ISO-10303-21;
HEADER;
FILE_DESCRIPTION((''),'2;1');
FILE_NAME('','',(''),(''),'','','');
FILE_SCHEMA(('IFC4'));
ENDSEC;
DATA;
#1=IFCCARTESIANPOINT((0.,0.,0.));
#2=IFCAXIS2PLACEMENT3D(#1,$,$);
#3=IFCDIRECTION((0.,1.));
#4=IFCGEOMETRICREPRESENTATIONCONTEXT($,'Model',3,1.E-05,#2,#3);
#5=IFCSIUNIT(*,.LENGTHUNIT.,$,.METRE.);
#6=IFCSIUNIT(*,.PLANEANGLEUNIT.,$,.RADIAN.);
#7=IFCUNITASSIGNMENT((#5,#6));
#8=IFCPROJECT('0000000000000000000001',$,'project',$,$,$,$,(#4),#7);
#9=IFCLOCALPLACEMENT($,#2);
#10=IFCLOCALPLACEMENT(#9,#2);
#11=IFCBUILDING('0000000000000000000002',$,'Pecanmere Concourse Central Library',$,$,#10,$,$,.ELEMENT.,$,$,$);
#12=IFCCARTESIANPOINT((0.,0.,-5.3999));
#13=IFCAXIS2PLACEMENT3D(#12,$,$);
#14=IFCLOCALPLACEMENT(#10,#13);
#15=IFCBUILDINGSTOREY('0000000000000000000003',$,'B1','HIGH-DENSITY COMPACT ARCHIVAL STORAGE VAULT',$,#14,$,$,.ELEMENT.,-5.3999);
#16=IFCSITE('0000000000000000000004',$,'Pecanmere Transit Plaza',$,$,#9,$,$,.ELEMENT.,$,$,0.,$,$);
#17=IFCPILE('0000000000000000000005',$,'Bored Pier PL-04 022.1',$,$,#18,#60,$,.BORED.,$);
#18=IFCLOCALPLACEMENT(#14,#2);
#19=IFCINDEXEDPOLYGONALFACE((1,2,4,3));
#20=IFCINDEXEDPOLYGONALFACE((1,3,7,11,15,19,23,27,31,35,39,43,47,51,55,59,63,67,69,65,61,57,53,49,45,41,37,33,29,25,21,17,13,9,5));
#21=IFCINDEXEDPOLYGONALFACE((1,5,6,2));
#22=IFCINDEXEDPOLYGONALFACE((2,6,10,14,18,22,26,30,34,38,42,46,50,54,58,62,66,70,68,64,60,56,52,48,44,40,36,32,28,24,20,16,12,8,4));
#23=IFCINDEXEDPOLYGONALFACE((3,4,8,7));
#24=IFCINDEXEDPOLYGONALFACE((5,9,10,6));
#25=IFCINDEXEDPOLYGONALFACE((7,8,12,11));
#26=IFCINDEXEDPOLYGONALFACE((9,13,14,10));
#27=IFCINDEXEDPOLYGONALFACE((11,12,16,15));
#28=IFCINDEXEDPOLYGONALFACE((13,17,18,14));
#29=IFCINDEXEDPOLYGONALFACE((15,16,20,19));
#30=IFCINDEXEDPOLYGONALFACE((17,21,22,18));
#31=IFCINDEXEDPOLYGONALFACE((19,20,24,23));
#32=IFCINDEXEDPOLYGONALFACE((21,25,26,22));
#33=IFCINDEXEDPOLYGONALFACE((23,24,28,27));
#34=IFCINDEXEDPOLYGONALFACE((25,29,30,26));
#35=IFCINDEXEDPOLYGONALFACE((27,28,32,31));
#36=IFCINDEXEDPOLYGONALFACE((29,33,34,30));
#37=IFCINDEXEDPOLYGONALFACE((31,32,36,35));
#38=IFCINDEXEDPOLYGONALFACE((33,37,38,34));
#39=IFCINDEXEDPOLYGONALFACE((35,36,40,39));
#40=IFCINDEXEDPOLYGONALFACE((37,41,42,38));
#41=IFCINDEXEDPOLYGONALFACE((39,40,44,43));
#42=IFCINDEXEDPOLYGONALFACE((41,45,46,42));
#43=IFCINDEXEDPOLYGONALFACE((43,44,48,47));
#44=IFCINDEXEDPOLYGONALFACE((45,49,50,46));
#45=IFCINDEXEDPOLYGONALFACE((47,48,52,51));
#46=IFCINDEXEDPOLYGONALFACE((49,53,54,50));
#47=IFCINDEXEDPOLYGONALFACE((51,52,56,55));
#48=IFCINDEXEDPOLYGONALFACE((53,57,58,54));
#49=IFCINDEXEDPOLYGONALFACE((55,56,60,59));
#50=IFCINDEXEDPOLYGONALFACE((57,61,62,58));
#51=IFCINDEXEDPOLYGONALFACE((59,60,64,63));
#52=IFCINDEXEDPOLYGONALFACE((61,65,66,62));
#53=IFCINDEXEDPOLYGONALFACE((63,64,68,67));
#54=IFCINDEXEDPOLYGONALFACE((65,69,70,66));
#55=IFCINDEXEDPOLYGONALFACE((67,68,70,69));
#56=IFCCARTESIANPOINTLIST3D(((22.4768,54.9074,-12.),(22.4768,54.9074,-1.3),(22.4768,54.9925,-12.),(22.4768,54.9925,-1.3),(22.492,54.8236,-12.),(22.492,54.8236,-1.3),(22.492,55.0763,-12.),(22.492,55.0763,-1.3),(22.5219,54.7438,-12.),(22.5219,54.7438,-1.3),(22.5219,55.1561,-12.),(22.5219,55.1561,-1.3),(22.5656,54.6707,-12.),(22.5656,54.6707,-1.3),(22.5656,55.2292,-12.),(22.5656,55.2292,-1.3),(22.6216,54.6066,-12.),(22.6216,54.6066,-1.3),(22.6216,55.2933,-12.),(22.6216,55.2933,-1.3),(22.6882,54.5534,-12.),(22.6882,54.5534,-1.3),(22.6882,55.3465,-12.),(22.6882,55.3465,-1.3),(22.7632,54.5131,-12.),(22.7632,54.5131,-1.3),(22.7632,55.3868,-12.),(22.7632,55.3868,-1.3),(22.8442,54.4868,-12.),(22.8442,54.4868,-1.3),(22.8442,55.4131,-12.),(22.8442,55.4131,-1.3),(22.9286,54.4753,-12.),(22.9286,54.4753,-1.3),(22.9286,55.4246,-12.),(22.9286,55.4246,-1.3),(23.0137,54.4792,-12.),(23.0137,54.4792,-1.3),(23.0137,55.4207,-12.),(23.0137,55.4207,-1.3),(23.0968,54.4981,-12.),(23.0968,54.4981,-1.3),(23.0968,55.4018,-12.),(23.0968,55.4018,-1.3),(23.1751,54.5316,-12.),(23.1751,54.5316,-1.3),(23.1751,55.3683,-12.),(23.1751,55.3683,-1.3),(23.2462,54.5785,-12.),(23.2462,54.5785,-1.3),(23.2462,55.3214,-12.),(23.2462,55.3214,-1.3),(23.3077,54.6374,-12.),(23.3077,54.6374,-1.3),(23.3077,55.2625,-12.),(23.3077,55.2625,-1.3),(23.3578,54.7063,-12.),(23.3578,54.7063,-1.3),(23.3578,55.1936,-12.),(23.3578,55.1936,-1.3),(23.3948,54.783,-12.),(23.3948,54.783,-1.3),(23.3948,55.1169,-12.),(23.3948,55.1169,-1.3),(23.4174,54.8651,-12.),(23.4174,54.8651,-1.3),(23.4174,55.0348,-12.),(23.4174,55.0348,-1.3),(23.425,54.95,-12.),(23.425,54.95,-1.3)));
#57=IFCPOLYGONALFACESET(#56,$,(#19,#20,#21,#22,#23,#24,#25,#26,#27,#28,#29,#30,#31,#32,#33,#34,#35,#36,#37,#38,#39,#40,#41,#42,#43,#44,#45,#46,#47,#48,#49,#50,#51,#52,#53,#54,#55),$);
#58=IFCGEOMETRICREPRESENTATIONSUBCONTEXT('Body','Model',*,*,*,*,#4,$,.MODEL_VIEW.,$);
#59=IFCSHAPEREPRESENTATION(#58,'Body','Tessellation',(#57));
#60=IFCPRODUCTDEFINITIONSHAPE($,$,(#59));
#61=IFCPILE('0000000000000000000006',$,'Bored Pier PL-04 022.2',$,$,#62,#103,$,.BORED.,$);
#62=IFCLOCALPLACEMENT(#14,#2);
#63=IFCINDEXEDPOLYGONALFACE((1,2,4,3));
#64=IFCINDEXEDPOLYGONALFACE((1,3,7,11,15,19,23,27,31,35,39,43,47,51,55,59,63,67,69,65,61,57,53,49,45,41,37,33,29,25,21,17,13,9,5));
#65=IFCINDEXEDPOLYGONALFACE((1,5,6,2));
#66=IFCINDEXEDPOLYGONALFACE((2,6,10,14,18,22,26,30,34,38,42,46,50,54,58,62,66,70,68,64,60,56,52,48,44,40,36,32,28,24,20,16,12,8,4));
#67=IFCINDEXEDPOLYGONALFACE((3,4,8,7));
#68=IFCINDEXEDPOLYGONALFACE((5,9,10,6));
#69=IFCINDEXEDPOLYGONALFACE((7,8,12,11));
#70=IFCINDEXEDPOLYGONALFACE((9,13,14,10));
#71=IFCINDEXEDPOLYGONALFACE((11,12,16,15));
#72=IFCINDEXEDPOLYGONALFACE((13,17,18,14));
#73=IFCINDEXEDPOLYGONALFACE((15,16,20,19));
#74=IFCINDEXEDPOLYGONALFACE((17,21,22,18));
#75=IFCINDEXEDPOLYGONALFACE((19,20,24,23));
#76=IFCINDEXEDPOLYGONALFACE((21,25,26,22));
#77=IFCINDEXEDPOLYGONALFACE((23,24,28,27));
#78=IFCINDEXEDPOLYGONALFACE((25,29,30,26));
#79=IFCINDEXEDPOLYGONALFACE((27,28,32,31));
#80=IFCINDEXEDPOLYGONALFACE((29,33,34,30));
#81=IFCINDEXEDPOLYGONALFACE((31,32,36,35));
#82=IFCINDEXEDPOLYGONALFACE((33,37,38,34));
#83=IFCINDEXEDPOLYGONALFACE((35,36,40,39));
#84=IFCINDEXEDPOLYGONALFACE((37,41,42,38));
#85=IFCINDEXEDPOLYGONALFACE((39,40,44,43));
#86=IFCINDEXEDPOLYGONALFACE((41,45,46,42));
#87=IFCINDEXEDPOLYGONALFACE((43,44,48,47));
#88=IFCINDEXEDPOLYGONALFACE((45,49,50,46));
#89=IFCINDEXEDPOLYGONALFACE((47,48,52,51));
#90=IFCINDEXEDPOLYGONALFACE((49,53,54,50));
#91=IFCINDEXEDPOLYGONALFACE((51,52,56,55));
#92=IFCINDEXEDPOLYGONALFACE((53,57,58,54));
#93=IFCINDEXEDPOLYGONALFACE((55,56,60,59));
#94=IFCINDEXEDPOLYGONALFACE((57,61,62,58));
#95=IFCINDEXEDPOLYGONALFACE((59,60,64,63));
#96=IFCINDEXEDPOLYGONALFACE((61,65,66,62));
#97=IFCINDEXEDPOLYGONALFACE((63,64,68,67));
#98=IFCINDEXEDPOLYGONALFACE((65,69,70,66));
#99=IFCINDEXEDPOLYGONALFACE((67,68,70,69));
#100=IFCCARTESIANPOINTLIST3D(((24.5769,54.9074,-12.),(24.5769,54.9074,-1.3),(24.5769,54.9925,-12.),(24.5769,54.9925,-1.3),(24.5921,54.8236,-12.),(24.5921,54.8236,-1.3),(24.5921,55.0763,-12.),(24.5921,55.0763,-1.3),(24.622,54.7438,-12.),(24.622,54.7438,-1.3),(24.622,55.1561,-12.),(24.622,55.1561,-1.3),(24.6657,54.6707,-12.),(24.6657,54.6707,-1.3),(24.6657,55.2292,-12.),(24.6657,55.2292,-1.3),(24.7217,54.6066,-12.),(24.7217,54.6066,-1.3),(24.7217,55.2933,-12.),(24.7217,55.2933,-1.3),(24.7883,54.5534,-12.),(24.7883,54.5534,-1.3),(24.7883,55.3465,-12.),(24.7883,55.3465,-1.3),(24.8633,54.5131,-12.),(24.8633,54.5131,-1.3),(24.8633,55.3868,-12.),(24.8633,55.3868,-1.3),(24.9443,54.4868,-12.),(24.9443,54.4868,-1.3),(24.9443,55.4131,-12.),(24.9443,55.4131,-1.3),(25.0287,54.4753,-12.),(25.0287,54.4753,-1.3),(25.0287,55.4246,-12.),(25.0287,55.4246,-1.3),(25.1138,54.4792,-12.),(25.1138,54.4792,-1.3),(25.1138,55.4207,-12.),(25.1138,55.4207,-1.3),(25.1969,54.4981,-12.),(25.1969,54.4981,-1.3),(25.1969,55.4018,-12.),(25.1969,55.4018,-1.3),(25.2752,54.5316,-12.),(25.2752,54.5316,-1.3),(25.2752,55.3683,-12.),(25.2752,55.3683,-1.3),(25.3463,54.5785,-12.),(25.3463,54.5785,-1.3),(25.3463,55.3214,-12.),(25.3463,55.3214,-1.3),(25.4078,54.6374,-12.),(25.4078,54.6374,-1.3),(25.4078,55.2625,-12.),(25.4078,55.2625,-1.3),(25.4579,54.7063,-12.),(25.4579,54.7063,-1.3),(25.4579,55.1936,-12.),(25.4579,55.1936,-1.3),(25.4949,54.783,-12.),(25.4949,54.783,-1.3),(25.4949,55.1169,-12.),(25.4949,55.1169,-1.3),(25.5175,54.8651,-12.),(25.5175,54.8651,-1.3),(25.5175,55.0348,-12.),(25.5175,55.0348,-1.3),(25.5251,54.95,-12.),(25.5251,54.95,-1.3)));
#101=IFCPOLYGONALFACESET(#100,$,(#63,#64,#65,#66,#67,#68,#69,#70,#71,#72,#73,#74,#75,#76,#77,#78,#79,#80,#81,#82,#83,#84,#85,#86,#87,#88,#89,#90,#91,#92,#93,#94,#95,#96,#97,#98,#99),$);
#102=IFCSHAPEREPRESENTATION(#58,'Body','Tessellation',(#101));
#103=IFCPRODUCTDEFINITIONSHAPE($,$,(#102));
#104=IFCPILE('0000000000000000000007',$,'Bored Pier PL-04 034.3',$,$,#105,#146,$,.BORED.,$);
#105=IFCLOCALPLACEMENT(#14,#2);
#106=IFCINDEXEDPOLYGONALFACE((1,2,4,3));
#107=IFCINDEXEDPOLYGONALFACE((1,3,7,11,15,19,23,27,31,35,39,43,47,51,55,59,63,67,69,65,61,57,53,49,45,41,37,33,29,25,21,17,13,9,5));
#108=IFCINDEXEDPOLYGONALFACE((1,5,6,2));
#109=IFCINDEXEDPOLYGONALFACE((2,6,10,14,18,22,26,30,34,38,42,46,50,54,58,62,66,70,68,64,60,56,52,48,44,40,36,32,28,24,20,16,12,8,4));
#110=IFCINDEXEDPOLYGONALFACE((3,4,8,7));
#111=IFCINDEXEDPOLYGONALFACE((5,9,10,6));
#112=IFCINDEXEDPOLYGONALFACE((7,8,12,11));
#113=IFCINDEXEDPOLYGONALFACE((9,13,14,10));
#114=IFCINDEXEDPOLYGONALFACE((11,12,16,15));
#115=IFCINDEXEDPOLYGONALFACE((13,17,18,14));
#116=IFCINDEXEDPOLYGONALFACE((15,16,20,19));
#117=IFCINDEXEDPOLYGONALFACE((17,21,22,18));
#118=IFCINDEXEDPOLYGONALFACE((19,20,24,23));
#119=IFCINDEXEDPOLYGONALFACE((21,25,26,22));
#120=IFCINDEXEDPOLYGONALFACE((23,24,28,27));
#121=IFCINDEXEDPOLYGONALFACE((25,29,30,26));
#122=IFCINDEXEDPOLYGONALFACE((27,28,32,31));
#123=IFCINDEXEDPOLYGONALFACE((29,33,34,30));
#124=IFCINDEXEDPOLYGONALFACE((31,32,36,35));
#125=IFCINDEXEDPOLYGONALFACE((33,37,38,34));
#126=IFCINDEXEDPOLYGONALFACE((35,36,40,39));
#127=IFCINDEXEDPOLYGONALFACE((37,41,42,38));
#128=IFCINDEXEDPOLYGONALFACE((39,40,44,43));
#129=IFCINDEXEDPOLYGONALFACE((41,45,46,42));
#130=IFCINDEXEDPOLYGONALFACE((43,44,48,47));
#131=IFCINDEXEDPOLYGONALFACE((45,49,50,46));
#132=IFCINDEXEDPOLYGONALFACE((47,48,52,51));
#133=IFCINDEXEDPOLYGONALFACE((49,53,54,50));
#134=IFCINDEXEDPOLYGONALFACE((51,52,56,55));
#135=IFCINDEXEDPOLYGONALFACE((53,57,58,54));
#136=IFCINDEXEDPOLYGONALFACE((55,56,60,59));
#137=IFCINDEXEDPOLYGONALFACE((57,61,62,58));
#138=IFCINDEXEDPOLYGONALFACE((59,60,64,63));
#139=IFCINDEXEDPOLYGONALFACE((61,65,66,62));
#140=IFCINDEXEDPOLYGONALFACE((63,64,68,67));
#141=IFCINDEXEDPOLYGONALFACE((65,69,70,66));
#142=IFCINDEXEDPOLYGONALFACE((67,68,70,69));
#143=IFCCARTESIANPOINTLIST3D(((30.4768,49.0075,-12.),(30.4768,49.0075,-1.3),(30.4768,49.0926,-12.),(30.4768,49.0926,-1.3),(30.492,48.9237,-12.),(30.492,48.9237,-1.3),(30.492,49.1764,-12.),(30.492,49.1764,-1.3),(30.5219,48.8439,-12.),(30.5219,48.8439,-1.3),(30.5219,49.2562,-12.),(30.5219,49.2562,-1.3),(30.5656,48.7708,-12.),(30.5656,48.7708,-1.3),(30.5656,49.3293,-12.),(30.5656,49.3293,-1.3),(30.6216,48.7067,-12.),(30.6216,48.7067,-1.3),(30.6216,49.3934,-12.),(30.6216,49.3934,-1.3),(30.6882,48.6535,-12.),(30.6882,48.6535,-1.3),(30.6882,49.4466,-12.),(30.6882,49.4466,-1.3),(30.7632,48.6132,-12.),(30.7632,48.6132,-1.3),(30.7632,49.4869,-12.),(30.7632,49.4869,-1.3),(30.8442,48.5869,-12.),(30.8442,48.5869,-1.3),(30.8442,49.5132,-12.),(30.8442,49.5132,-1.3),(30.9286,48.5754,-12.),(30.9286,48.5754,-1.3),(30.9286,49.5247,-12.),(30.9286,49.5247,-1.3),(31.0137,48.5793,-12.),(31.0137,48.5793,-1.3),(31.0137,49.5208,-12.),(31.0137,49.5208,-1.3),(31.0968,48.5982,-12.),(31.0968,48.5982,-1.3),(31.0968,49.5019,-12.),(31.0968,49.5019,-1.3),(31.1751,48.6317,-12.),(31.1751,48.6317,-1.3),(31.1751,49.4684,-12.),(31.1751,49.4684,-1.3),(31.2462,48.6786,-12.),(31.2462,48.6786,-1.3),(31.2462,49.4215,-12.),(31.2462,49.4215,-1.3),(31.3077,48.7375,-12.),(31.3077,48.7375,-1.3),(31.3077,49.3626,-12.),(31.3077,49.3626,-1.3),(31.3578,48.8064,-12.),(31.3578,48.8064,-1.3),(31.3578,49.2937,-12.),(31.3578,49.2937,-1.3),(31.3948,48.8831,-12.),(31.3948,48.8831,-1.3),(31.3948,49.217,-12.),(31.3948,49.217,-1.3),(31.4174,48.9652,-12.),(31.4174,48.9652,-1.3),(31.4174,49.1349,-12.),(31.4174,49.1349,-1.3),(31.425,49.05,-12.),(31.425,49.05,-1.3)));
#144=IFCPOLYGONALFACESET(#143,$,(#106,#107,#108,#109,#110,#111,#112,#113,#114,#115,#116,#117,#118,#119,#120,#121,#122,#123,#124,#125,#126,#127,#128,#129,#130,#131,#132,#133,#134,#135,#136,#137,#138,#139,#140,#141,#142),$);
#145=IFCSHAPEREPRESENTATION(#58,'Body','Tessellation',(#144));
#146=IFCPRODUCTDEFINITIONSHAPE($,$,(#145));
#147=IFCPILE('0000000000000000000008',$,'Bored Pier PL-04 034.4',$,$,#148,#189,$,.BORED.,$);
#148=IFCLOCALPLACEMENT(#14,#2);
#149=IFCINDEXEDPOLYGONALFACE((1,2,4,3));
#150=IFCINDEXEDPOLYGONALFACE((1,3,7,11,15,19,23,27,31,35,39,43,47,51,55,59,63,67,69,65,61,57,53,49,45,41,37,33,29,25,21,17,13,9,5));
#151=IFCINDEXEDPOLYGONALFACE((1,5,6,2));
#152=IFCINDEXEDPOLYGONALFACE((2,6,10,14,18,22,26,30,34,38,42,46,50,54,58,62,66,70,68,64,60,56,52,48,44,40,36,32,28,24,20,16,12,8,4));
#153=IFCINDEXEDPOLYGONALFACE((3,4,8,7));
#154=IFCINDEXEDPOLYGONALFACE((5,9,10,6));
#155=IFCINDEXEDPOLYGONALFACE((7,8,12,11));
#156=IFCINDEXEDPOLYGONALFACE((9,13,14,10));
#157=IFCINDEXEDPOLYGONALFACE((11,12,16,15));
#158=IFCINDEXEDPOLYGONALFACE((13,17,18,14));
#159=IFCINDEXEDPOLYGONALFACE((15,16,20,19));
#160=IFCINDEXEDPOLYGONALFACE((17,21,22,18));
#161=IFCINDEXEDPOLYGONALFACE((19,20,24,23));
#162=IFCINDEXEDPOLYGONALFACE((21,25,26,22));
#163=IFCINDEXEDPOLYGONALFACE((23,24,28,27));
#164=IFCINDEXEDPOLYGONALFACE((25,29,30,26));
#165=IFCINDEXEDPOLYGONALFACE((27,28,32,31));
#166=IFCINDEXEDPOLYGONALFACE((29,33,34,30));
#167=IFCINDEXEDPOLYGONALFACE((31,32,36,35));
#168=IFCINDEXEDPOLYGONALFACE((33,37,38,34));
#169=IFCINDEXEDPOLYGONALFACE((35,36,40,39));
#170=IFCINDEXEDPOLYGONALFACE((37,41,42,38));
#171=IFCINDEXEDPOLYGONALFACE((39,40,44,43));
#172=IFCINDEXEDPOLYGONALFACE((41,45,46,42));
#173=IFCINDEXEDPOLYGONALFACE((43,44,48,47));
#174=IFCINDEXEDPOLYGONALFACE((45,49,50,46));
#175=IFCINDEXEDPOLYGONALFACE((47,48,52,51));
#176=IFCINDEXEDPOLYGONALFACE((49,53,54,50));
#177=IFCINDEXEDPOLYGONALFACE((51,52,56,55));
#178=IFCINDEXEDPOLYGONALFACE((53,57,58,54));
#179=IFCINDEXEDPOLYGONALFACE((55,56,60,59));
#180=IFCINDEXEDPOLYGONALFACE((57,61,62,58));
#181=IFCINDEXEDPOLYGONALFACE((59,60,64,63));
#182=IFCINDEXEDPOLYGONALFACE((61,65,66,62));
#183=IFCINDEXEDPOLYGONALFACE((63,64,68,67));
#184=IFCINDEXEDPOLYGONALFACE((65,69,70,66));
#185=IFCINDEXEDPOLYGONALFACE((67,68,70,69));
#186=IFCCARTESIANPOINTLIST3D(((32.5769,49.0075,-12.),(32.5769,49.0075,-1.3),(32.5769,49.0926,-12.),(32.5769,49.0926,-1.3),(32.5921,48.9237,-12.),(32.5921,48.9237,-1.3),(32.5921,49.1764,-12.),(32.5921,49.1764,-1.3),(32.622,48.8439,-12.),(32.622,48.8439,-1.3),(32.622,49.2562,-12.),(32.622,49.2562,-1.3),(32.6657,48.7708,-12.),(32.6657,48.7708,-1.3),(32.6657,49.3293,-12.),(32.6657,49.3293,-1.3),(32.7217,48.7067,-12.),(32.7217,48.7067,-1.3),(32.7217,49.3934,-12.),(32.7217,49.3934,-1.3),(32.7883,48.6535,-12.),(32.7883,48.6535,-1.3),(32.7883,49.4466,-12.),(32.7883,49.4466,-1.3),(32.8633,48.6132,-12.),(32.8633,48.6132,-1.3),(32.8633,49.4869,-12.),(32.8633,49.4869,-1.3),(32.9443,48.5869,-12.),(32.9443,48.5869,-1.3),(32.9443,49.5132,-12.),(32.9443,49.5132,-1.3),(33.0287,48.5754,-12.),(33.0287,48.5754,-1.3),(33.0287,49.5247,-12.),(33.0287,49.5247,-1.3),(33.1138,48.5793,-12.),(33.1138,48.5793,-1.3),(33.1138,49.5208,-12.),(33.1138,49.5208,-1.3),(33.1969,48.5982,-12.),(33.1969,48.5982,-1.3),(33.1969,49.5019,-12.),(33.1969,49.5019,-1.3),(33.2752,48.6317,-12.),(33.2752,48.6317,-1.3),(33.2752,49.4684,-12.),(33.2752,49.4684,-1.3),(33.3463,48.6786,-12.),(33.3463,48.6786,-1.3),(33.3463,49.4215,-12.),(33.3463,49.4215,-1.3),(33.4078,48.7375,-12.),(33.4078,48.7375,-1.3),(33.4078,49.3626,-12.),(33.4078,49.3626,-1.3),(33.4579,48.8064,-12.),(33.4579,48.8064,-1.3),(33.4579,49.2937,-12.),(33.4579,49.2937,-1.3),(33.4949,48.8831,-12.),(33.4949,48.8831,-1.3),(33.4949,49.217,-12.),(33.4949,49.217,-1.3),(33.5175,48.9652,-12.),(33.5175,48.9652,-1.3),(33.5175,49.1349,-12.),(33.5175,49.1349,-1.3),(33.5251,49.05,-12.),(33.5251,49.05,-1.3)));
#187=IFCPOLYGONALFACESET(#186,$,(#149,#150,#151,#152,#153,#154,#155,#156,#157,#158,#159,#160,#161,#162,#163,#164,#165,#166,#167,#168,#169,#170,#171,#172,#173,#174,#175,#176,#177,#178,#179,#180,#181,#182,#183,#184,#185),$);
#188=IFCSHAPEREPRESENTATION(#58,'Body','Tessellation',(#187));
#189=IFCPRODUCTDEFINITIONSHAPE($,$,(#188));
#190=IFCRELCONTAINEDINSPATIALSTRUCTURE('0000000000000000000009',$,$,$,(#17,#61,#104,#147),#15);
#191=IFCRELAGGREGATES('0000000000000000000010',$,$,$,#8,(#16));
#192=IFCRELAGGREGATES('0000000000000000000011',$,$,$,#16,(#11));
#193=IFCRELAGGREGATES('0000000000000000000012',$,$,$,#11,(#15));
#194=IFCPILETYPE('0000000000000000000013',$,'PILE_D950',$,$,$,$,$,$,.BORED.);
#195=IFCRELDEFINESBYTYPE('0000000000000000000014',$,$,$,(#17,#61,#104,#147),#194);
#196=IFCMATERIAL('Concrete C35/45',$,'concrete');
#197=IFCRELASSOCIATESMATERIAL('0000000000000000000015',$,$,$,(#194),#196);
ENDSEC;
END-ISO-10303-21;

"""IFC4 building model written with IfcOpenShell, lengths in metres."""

from ifc_helpers import new_model, si_unit, direction, frame, origin, origin_2d, place, context, subcontext, project, spatial, circle, extrude, material, material_profile, profile_set, type_object, element, save


model = new_model("IFC4")

# Units and contexts
model_context = context("Model", 3, precision=1e-05, world=origin(), true_north=direction((0.0, 1.0)))
body_context = subcontext(model_context, "Body", "Model", "MODEL_VIEW")
ifc_project = project(units=[si_unit("LENGTHUNIT", "METRE"), si_unit("PLANEANGLEUNIT", "RADIAN")], contexts=[model_context])

# Site, building, storey
site_placement = place(None, origin())
site = spatial("IfcSite", under=ifc_project, at=site_placement, Name="Pecanmere Transit Plaza", CompositionType="ELEMENT", RefElevation=0.0)
building_placement = place(site_placement, origin())
building = spatial("IfcBuilding", under=site, at=building_placement, Name="Pecanmere Concourse Central Library", CompositionType="ELEMENT")
storey_placement = place(building_placement, frame((0.0, 0.0, -5.3999)))
storey = spatial("IfcBuildingStorey", under=building, at=storey_placement, Name="B1", Description="HIGH-DENSITY COMPACT ARCHIVAL STORAGE VAULT", CompositionType="ELEMENT", Elevation=-5.3999)

# Piles
ifc_material_1 = material(Name="Concrete C35/45", Category="concrete")
ifc_material_profile_1 = material_profile(ifc_material_1, circle(Radius=0.4751, at=origin_2d()), Name="PIER D950")
ifc_profile_set_1 = profile_set([ifc_material_profile_1], Name="Concrete C35/45")
pile_type = type_object("IfcPileType", Name="PILE_D950", PredefinedType="BORED", material=ifc_profile_set_1)
for number, where, z_axis, x_axis, name in (
    (1, (22.95, 54.95, -1.3), (0.0, 0.0, -1.0), (1.0, 0.0, 0.0), "Bored Pier PL-04 022.1"),
    (2, (25.05, 54.95, -1.3), (0.0, 0.0, -1.0), (1.0, 0.0, 0.0), "Bored Pier PL-04 022.2"),
    (3, (30.95, 49.05, -1.3), (0.0, 0.0, -1.0), (1.0, 0.0, 0.0), "Bored Pier PL-04 034.3"),
    (4, (33.05, 49.05, -1.3), (0.0, 0.0, -1.0), (1.0, 0.0, 0.0), "Bored Pier PL-04 034.4"),
):
    element("IfcPile", number, at=place(storey_placement, frame(where, z_axis=z_axis, x_axis=x_axis)), inside=storey, type_object=pile_type, Name=name, PredefinedType="BORED", context=body_context, shape_type="SweptSolid", body=[
        extrude(circle(Radius=0.4751, at=origin_2d()), origin(), (0.0, 0.0, 1.0), 10.7),
    ])

save(model, "model.ifc")
